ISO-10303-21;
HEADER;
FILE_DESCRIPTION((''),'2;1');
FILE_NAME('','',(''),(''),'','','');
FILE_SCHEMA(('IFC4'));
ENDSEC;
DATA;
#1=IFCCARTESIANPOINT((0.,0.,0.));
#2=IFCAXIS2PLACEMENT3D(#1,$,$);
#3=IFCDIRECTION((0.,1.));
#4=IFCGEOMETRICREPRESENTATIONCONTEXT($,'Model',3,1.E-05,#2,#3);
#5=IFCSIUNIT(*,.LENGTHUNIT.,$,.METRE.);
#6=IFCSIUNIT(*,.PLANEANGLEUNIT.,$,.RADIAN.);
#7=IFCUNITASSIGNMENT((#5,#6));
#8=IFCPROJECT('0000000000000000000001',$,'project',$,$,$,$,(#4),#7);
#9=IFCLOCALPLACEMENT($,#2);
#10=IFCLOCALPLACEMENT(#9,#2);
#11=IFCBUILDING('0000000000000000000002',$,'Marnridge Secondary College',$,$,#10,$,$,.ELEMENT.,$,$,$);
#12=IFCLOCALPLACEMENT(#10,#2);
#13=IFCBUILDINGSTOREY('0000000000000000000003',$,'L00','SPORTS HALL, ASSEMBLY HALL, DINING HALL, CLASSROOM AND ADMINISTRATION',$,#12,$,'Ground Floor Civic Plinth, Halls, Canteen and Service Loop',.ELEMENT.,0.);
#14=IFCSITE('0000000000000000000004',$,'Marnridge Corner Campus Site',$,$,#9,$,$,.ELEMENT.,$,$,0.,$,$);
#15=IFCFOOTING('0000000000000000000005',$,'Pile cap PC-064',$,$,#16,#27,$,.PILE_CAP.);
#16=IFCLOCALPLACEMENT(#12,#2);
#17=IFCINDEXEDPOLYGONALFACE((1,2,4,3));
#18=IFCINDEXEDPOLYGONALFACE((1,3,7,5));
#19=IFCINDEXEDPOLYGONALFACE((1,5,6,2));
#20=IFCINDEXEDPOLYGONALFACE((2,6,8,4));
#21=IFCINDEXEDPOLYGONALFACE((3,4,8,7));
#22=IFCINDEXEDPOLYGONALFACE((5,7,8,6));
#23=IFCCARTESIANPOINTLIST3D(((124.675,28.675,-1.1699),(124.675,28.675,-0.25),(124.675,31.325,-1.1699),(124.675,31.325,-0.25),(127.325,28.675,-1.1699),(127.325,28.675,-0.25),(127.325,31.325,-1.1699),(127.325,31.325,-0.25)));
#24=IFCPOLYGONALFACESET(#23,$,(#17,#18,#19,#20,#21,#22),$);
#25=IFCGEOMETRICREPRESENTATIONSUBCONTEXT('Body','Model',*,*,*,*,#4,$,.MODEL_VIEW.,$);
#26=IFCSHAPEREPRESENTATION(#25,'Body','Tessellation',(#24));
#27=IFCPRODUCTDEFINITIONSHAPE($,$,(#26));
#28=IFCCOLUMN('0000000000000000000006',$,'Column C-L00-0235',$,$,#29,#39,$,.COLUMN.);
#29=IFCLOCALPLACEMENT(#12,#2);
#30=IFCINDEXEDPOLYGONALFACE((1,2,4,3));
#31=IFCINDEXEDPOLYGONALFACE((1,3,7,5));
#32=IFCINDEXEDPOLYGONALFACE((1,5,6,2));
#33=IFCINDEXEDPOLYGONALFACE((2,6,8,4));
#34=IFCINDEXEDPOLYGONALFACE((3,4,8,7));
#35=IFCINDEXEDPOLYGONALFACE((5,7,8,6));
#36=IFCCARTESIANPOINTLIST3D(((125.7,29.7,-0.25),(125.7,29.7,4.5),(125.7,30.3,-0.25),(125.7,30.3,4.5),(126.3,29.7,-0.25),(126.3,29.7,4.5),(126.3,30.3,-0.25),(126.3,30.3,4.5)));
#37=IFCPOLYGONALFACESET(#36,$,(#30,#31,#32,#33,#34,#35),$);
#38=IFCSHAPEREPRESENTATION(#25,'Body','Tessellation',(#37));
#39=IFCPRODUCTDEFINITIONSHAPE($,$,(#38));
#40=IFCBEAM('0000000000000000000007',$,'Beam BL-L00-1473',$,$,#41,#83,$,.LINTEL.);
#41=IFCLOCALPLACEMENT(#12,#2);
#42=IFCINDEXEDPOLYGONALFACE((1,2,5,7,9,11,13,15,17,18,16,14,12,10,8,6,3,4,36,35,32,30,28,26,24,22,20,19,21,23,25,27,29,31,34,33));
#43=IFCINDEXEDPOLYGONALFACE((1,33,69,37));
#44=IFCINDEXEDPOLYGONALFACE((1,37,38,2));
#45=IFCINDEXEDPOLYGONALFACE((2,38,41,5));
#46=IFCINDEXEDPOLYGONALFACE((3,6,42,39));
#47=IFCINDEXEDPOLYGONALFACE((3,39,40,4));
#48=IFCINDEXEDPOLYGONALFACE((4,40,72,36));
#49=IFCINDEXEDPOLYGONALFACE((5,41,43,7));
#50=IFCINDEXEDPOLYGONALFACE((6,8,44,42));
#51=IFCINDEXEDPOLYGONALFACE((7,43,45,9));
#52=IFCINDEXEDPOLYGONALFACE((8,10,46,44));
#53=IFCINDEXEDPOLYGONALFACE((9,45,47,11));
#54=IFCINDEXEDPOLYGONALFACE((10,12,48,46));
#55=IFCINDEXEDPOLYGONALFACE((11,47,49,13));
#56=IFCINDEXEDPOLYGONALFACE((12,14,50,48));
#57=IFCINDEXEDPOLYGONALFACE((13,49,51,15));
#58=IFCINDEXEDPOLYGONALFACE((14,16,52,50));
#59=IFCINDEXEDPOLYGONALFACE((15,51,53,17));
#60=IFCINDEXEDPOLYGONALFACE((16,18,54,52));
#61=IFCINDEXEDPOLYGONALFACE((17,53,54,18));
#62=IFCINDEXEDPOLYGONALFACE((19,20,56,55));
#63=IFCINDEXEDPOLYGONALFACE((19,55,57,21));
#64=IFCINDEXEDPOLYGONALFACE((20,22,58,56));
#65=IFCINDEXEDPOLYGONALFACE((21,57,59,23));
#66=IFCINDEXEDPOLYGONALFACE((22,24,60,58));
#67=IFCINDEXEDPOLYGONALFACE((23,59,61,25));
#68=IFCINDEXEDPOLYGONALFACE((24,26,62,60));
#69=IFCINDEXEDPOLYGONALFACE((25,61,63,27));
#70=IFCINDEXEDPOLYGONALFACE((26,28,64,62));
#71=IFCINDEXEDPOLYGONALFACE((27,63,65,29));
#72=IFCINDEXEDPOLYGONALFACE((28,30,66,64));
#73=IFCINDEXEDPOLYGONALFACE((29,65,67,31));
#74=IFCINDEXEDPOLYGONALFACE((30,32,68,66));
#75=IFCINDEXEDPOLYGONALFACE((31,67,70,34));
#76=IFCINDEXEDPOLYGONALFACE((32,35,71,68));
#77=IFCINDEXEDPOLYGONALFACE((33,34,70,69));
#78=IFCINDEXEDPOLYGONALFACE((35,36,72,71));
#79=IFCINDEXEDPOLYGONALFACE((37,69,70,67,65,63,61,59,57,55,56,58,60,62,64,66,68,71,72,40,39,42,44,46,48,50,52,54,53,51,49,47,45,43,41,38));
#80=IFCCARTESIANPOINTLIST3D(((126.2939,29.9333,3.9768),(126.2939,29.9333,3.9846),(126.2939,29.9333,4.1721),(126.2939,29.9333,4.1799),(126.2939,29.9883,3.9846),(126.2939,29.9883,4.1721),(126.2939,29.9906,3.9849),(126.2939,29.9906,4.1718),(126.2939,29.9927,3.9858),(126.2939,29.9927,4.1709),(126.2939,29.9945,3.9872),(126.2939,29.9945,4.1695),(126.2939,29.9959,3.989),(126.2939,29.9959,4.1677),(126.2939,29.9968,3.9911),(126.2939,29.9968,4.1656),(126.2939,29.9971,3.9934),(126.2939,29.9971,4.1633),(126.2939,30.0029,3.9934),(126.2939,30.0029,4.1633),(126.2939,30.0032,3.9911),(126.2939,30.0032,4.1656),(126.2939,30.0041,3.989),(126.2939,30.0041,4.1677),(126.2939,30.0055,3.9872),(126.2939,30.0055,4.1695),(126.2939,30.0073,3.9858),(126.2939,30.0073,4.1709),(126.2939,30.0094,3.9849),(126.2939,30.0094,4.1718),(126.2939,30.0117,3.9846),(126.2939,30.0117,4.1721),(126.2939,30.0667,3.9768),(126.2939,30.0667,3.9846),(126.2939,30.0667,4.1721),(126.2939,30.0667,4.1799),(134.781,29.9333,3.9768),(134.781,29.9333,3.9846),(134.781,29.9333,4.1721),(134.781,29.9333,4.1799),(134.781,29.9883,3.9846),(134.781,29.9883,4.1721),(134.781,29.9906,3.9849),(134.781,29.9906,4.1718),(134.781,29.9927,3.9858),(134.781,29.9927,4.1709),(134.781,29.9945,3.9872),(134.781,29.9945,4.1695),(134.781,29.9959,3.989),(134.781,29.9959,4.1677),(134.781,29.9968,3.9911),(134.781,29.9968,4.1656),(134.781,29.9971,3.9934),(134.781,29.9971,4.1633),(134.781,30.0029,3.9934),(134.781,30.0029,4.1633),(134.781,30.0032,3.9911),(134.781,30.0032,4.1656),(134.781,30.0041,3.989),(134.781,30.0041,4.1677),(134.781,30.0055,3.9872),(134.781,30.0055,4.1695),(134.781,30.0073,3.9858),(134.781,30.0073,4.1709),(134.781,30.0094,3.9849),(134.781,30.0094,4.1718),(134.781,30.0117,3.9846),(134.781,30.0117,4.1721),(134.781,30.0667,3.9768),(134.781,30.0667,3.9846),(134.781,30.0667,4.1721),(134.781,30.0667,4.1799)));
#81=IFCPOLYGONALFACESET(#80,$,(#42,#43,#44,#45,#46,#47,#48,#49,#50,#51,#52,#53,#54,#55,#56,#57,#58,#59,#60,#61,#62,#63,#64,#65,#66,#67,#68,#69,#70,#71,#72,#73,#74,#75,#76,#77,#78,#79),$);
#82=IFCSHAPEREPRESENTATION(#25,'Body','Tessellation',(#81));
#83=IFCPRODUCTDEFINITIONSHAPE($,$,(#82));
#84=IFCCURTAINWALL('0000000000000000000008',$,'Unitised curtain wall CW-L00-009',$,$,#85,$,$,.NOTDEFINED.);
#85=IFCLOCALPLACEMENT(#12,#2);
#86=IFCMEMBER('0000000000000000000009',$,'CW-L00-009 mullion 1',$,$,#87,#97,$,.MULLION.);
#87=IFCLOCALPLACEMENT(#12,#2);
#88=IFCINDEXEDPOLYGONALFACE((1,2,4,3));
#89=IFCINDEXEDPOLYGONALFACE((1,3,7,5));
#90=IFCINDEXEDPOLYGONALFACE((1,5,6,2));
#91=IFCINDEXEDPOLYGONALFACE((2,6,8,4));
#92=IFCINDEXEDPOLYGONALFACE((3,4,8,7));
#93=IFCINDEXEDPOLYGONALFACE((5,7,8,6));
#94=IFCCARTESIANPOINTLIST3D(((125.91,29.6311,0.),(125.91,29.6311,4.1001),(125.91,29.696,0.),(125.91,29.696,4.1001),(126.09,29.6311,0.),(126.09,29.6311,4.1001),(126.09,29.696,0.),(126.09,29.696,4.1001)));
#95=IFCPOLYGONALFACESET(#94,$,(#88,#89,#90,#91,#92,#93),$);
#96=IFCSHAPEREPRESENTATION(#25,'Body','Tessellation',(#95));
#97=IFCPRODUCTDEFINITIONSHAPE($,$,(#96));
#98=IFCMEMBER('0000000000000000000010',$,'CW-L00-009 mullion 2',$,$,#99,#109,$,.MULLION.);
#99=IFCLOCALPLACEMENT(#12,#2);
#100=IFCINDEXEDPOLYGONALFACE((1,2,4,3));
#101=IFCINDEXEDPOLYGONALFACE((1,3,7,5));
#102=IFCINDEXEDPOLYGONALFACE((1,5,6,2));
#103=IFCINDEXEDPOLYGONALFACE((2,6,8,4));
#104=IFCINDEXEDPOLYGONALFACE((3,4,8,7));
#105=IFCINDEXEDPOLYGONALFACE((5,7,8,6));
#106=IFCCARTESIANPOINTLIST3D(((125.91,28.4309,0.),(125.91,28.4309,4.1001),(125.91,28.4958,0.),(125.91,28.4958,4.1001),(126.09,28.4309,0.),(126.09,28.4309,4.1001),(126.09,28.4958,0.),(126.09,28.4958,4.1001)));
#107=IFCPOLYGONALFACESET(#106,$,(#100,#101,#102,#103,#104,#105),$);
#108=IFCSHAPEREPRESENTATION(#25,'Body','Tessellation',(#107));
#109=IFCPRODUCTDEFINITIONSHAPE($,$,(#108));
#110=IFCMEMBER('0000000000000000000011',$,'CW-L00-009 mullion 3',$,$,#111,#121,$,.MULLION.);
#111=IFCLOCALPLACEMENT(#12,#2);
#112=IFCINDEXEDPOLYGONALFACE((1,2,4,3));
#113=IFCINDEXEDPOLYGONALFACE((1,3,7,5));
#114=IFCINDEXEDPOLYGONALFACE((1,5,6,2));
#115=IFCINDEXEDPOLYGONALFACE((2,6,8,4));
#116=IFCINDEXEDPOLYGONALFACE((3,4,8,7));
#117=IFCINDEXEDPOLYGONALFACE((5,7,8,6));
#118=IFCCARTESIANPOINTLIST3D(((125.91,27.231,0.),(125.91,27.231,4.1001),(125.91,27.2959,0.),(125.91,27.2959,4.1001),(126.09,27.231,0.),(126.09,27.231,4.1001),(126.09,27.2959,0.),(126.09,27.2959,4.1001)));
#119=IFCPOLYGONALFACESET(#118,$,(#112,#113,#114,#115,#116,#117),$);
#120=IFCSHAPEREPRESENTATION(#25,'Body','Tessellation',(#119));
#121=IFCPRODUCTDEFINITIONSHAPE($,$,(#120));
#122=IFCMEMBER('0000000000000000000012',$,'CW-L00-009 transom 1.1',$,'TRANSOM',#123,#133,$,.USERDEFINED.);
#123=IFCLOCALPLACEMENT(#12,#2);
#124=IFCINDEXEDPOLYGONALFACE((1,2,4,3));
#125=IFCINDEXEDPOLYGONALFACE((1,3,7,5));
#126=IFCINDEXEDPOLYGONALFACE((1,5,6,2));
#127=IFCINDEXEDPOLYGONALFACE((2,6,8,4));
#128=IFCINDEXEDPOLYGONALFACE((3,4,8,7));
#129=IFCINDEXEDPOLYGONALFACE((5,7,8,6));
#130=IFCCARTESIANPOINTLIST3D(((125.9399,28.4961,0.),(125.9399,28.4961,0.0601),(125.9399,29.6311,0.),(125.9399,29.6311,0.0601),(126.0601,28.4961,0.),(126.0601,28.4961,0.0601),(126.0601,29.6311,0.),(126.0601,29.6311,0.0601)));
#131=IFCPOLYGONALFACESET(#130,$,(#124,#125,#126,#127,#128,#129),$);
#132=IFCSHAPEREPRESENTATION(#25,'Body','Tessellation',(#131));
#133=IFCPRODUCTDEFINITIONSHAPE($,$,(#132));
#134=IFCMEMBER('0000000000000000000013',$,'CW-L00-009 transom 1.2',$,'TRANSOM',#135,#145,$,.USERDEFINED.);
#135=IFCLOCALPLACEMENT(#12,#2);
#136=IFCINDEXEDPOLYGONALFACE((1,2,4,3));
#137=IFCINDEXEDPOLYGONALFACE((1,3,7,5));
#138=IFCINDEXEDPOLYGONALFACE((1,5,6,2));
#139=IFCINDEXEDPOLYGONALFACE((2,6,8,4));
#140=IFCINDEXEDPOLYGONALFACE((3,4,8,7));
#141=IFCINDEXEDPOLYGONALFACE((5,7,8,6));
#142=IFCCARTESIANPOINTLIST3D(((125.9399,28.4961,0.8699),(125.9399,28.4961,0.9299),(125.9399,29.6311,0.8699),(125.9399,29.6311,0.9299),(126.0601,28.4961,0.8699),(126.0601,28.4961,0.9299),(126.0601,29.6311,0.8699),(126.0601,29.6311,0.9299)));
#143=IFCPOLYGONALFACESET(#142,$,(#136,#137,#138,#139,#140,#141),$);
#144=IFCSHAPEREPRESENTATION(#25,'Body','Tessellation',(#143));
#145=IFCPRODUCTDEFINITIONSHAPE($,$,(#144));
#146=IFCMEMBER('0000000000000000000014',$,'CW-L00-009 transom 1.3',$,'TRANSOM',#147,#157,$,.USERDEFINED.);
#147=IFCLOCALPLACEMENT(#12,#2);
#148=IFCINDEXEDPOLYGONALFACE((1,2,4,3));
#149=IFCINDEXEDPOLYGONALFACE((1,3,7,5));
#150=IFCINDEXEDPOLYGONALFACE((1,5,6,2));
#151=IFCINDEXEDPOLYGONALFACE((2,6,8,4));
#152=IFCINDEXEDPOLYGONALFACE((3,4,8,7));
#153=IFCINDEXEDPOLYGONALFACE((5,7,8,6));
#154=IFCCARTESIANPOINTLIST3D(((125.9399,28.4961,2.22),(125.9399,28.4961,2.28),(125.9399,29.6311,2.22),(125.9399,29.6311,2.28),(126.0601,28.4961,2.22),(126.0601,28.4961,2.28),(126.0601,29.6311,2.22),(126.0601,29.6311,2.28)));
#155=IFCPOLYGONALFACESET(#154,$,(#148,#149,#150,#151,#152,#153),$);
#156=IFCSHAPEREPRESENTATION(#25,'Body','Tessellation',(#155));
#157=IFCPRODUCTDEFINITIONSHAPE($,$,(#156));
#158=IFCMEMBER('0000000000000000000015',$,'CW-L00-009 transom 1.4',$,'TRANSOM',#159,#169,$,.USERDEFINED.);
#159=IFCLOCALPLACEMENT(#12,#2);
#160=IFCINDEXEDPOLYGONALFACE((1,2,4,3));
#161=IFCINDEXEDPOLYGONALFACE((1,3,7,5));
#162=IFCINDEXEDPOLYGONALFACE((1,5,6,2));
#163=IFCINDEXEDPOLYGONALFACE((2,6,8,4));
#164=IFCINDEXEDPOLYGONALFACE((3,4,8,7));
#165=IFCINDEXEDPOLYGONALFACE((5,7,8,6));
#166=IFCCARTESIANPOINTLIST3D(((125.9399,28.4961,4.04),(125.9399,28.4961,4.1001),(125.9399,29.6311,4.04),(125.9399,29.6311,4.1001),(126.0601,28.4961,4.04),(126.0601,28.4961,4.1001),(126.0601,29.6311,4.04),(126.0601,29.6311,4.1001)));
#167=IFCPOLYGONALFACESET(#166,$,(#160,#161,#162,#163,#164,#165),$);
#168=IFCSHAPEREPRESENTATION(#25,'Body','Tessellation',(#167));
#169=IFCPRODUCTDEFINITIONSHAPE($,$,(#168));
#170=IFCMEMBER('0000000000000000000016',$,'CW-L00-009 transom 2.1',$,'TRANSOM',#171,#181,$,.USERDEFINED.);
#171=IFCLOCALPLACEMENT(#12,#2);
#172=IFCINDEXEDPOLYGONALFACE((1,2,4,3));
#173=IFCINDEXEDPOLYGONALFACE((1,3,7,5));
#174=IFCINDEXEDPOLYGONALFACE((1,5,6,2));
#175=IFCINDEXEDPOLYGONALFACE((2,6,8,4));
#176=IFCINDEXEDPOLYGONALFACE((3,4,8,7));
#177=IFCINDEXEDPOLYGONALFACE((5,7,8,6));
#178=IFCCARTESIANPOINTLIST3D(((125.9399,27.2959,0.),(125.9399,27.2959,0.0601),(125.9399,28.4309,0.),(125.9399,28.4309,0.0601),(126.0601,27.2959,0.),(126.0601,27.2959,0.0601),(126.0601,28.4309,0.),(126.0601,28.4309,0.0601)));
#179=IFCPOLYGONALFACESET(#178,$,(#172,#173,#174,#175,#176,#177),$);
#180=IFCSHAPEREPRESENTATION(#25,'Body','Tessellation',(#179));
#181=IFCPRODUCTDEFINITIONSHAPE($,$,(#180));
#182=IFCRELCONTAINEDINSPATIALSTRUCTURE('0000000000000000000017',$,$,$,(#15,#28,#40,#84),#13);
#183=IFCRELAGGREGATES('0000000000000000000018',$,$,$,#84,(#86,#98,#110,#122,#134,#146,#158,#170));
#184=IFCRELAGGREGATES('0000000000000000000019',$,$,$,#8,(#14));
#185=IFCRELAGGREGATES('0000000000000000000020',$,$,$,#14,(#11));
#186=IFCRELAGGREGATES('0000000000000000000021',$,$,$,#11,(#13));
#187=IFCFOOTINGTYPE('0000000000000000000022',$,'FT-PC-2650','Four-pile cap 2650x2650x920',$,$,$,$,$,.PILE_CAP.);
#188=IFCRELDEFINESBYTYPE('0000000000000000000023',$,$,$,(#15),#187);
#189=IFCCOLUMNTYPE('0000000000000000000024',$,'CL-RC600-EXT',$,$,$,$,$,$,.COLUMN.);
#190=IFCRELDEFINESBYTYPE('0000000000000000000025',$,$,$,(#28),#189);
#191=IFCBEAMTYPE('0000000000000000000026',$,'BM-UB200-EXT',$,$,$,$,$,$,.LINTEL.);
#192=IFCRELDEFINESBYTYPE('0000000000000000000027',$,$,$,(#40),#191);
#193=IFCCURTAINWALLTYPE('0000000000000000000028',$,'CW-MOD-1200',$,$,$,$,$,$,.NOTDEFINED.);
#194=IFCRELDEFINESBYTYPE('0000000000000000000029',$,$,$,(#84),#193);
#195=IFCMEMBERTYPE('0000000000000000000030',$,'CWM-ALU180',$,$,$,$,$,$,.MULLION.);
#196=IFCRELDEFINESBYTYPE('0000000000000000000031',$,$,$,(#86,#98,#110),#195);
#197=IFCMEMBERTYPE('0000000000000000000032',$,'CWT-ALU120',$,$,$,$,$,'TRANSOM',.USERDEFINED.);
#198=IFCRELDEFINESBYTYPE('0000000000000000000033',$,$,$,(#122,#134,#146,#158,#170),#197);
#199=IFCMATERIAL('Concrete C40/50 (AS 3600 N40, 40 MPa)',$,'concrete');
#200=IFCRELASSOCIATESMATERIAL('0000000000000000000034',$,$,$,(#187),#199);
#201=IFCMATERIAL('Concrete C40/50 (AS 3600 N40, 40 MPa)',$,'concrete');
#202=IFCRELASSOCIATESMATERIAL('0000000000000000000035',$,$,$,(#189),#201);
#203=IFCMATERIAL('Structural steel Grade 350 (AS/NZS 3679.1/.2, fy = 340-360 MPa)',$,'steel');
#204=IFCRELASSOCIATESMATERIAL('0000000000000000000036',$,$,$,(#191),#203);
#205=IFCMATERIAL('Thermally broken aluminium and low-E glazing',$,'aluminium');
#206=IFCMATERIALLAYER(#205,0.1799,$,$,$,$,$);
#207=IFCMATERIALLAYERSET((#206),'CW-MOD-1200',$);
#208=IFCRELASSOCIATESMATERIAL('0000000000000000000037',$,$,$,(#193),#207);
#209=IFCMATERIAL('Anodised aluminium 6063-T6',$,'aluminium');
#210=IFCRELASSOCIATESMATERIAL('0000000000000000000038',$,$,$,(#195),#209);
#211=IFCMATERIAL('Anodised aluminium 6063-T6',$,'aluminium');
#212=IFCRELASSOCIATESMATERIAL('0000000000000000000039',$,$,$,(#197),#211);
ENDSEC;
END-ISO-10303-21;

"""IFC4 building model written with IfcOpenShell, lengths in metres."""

from ifc_helpers import new_model, si_unit, direction, frame, origin, origin_2d, place, context, subcontext, project, spatial, rectangle, i_section, extrude, material, layer, layer_set, material_profile, profile_set, type_object, element, aggregate, save


model = new_model("IFC4")

# Units and contexts
model_context = context("Model", 3, precision=1e-05, world=origin(), true_north=direction((0.0, 1.0)))
body_context = subcontext(model_context, "Body", "Model", "MODEL_VIEW")
ifc_project = project(units=[si_unit("LENGTHUNIT", "METRE"), si_unit("PLANEANGLEUNIT", "RADIAN")], contexts=[model_context])

# Site, building, storey
site_placement = place(None, origin())
site = spatial("IfcSite", under=ifc_project, at=site_placement, Name="Marnridge Corner Campus Site", CompositionType="ELEMENT", RefElevation=0.0)
building_placement = place(site_placement, origin())
building = spatial("IfcBuilding", under=site, at=building_placement, Name="Marnridge Secondary College", CompositionType="ELEMENT")
storey_placement = place(building_placement, origin())
storey = spatial("IfcBuildingStorey", under=building, at=storey_placement, Name="L00", Description="SPORTS HALL, ASSEMBLY HALL, DINING HALL, CLASSROOM AND ADMINISTRATION", LongName="Ground Floor Civic Plinth, Halls, Canteen and Service Loop", CompositionType="ELEMENT", Elevation=0.0)

# Footing
ifc_material_1 = material(Name="Concrete C40/50 (AS 3600 N40, 40 MPa)", Category="concrete")
footing_type = type_object("IfcFootingType", Name="FT-PC-2650", Description="Four-pile cap 2650x2650x920", PredefinedType="PILE_CAP", material=ifc_material_1)
footing_placement = place(storey_placement, frame((126.0, 30.0, -1.1699), z_axis=(0.0, 0.0, 1.0), x_axis=(1.0, 0.0, 0.0)))
element("IfcFooting", 1, at=footing_placement, inside=storey, type_object=footing_type, Name="Pile cap PC-064", PredefinedType="PILE_CAP", context=body_context, shape_type="SweptSolid", body=[
    extrude(rectangle(XDim=2.6499, YDim=2.6499, at=origin_2d()), origin(), (0.0, 0.0, 1.0), 0.9199),
])

# Column
ifc_material_2 = material(Name="Concrete C40/50 (AS 3600 N40, 40 MPa)", Category="concrete")
ifc_material_profile_1 = material_profile(ifc_material_2, rectangle(XDim=0.6001, YDim=0.6001, at=origin_2d()), Name="RC 600x600")
ifc_profile_set_1 = profile_set([ifc_material_profile_1], Name="Concrete C40/50 (AS 3600 N40, 40 MPa)")
column_type = type_object("IfcColumnType", Name="CL-RC600-EXT", PredefinedType="COLUMN", material=ifc_profile_set_1)
column_placement = place(storey_placement, frame((126.0, 30.0, -0.25), z_axis=(0.0, 0.0, 1.0), x_axis=(1.0, 0.0, 0.0)))
element("IfcColumn", 2, at=column_placement, inside=storey, type_object=column_type, Name="Column C-L00-0235", PredefinedType="COLUMN", context=body_context, shape_type="SweptSolid", body=[
    extrude(rectangle(XDim=0.6001, YDim=0.6001, at=origin_2d()), origin(), (0.0, 0.0, 1.0), 4.75),
])

# Beam
ifc_material_3 = material(Name="Structural steel Grade 350 (AS/NZS 3679.1/.2, fy = 340-360 MPa)", Category="steel")
ifc_material_profile_2 = material_profile(ifc_material_3, i_section(OverallWidth=0.1333, OverallDepth=0.2031, WebThickness=0.0059, FlangeThickness=0.0078, FilletRadius=0.0088, at=origin_2d()), Name="200UB25.4")
ifc_profile_set_2 = profile_set([ifc_material_profile_2], Name="Structural steel Grade 350 (AS/NZS 3679.1/.2, fy = 340-360 MPa)")
beam_type = type_object("IfcBeamType", Name="BM-UB200-EXT", PredefinedType="LINTEL", material=ifc_profile_set_2)
beam_placement = place(storey_placement, frame((126.2939, 30.0, 4.0784), z_axis=(1.0, 0.0, 0.0), x_axis=(0.0, 1.0, 0.0)))
element("IfcBeam", 3, at=beam_placement, inside=storey, type_object=beam_type, Name="Beam BL-L00-1473", PredefinedType="LINTEL", context=body_context, shape_type="SweptSolid", body=[
    extrude(i_section(OverallWidth=0.1333, OverallDepth=0.2031, WebThickness=0.0059, FlangeThickness=0.0078, FilletRadius=0.0088, at=origin_2d()), origin(), (0.0, 0.0, 1.0), 8.4871),
])

# Curtain wall, members
ifc_material_4 = material(Name="Thermally broken aluminium and low-E glazing", Category="aluminium")
ifc_layer_1 = layer(ifc_material_4, 0.1799)
ifc_layer_set_1 = layer_set([ifc_layer_1], Name="CW-MOD-1200")
curtain_wall_type = type_object("IfcCurtainWallType", Name="CW-MOD-1200", PredefinedType="NOTDEFINED", material=ifc_layer_set_1)
curtain_wall_placement = place(storey_placement, origin())
curtain_wall = element("IfcCurtainWall", 4, at=curtain_wall_placement, inside=storey, type_object=curtain_wall_type, Name="Unitised curtain wall CW-L00-009", PredefinedType="NOTDEFINED")
ifc_material_5 = material(Name="Anodised aluminium 6063-T6", Category="aluminium")
ifc_material_profile_3 = material_profile(ifc_material_5, rectangle(XDim=0.0649, YDim=0.1799, at=origin_2d()), Name="ALU 65x180")
ifc_profile_set_3 = profile_set([ifc_material_profile_3], Name="Anodised aluminium 6063-T6")
member_type_1 = type_object("IfcMemberType", Name="CWM-ALU180", PredefinedType="MULLION", material=ifc_profile_set_3)
member_1_placement = place(storey_placement, frame((126.0, 29.6636, 0.0), z_axis=(0.0, 0.0, 1.0), x_axis=(0.0, -1.0, 0.0)))
member_1 = element("IfcMember", 5, at=member_1_placement, type_object=member_type_1, Name="CW-L00-009 mullion 1", PredefinedType="MULLION", context=body_context, shape_type="SweptSolid", body=[
    extrude(rectangle(XDim=0.0649, YDim=0.1799, at=origin_2d()), origin(), (0.0, 0.0, 1.0), 4.1001),
])
member_2_placement = place(storey_placement, frame((126.0, 28.4634, 0.0), z_axis=(0.0, 0.0, 1.0), x_axis=(0.0, -1.0, 0.0)))
member_2 = element("IfcMember", 6, at=member_2_placement, type_object=member_type_1, Name="CW-L00-009 mullion 2", PredefinedType="MULLION", context=body_context, shape_type="SweptSolid", body=[
    extrude(rectangle(XDim=0.0649, YDim=0.1799, at=origin_2d()), origin(), (0.0, 0.0, 1.0), 4.1001),
])
member_3_placement = place(storey_placement, frame((126.0, 27.2634, 0.0), z_axis=(0.0, 0.0, 1.0), x_axis=(0.0, -1.0, 0.0)))
member_3 = element("IfcMember", 7, at=member_3_placement, type_object=member_type_1, Name="CW-L00-009 mullion 3", PredefinedType="MULLION", context=body_context, shape_type="SweptSolid", body=[
    extrude(rectangle(XDim=0.0649, YDim=0.1799, at=origin_2d()), origin(), (0.0, 0.0, 1.0), 4.1001),
])
ifc_material_6 = material(Name="Anodised aluminium 6063-T6", Category="aluminium")
ifc_material_profile_4 = material_profile(ifc_material_6, rectangle(XDim=0.0601, YDim=0.1201, at=origin_2d()), Name="ALU 60x120")
ifc_profile_set_4 = profile_set([ifc_material_profile_4], Name="Anodised aluminium 6063-T6")
member_type_2 = type_object("IfcMemberType", Name="CWT-ALU120", ElementType="TRANSOM", PredefinedType="USERDEFINED", material=ifc_profile_set_4)
member_4_placement = place(storey_placement, frame((126.0, 29.6311, 0.03), z_axis=(0.0, -1.0, 0.0), x_axis=(0.0, 0.0, 1.0)))
member_4 = element("IfcMember", 8, at=member_4_placement, type_object=member_type_2, Name="CW-L00-009 transom 1.1", ObjectType="TRANSOM", PredefinedType="USERDEFINED", context=body_context, shape_type="SweptSolid", body=[
    extrude(rectangle(XDim=0.0601, YDim=0.1201, at=origin_2d()), origin(), (0.0, 0.0, 1.0), 1.135),
])
member_5_placement = place(storey_placement, frame((126.0, 29.6311, 0.8999), z_axis=(0.0, -1.0, 0.0), x_axis=(0.0, 0.0, 1.0)))
member_5 = element("IfcMember", 9, at=member_5_placement, type_object=member_type_2, Name="CW-L00-009 transom 1.2", ObjectType="TRANSOM", PredefinedType="USERDEFINED", context=body_context, shape_type="SweptSolid", body=[
    extrude(rectangle(XDim=0.0601, YDim=0.1201, at=origin_2d()), origin(), (0.0, 0.0, 1.0), 1.135),
])
member_6_placement = place(storey_placement, frame((126.0, 29.6311, 2.25), z_axis=(0.0, -1.0, 0.0), x_axis=(0.0, 0.0, 1.0)))
member_6 = element("IfcMember", 10, at=member_6_placement, type_object=member_type_2, Name="CW-L00-009 transom 1.3", ObjectType="TRANSOM", PredefinedType="USERDEFINED", context=body_context, shape_type="SweptSolid", body=[
    extrude(rectangle(XDim=0.0601, YDim=0.1201, at=origin_2d()), origin(), (0.0, 0.0, 1.0), 1.135),
])
member_7_placement = place(storey_placement, frame((126.0, 29.6311, 4.0701), z_axis=(0.0, -1.0, 0.0), x_axis=(0.0, 0.0, 1.0)))
member_7 = element("IfcMember", 11, at=member_7_placement, type_object=member_type_2, Name="CW-L00-009 transom 1.4", ObjectType="TRANSOM", PredefinedType="USERDEFINED", context=body_context, shape_type="SweptSolid", body=[
    extrude(rectangle(XDim=0.0601, YDim=0.1201, at=origin_2d()), origin(), (0.0, 0.0, 1.0), 1.135),
])
member_8_placement = place(storey_placement, frame((126.0, 28.4309, 0.03), z_axis=(0.0, -1.0, 0.0), x_axis=(0.0, 0.0, 1.0)))
member_8 = element("IfcMember", 12, at=member_8_placement, type_object=member_type_2, Name="CW-L00-009 transom 2.1", ObjectType="TRANSOM", PredefinedType="USERDEFINED", context=body_context, shape_type="SweptSolid", body=[
    extrude(rectangle(XDim=0.0601, YDim=0.1201, at=origin_2d()), origin(), (0.0, 0.0, 1.0), 1.135),
])
aggregate(curtain_wall, [member_1, member_2, member_3, member_4, member_5, member_6, member_7, member_8])

save(model, "model.ifc")
